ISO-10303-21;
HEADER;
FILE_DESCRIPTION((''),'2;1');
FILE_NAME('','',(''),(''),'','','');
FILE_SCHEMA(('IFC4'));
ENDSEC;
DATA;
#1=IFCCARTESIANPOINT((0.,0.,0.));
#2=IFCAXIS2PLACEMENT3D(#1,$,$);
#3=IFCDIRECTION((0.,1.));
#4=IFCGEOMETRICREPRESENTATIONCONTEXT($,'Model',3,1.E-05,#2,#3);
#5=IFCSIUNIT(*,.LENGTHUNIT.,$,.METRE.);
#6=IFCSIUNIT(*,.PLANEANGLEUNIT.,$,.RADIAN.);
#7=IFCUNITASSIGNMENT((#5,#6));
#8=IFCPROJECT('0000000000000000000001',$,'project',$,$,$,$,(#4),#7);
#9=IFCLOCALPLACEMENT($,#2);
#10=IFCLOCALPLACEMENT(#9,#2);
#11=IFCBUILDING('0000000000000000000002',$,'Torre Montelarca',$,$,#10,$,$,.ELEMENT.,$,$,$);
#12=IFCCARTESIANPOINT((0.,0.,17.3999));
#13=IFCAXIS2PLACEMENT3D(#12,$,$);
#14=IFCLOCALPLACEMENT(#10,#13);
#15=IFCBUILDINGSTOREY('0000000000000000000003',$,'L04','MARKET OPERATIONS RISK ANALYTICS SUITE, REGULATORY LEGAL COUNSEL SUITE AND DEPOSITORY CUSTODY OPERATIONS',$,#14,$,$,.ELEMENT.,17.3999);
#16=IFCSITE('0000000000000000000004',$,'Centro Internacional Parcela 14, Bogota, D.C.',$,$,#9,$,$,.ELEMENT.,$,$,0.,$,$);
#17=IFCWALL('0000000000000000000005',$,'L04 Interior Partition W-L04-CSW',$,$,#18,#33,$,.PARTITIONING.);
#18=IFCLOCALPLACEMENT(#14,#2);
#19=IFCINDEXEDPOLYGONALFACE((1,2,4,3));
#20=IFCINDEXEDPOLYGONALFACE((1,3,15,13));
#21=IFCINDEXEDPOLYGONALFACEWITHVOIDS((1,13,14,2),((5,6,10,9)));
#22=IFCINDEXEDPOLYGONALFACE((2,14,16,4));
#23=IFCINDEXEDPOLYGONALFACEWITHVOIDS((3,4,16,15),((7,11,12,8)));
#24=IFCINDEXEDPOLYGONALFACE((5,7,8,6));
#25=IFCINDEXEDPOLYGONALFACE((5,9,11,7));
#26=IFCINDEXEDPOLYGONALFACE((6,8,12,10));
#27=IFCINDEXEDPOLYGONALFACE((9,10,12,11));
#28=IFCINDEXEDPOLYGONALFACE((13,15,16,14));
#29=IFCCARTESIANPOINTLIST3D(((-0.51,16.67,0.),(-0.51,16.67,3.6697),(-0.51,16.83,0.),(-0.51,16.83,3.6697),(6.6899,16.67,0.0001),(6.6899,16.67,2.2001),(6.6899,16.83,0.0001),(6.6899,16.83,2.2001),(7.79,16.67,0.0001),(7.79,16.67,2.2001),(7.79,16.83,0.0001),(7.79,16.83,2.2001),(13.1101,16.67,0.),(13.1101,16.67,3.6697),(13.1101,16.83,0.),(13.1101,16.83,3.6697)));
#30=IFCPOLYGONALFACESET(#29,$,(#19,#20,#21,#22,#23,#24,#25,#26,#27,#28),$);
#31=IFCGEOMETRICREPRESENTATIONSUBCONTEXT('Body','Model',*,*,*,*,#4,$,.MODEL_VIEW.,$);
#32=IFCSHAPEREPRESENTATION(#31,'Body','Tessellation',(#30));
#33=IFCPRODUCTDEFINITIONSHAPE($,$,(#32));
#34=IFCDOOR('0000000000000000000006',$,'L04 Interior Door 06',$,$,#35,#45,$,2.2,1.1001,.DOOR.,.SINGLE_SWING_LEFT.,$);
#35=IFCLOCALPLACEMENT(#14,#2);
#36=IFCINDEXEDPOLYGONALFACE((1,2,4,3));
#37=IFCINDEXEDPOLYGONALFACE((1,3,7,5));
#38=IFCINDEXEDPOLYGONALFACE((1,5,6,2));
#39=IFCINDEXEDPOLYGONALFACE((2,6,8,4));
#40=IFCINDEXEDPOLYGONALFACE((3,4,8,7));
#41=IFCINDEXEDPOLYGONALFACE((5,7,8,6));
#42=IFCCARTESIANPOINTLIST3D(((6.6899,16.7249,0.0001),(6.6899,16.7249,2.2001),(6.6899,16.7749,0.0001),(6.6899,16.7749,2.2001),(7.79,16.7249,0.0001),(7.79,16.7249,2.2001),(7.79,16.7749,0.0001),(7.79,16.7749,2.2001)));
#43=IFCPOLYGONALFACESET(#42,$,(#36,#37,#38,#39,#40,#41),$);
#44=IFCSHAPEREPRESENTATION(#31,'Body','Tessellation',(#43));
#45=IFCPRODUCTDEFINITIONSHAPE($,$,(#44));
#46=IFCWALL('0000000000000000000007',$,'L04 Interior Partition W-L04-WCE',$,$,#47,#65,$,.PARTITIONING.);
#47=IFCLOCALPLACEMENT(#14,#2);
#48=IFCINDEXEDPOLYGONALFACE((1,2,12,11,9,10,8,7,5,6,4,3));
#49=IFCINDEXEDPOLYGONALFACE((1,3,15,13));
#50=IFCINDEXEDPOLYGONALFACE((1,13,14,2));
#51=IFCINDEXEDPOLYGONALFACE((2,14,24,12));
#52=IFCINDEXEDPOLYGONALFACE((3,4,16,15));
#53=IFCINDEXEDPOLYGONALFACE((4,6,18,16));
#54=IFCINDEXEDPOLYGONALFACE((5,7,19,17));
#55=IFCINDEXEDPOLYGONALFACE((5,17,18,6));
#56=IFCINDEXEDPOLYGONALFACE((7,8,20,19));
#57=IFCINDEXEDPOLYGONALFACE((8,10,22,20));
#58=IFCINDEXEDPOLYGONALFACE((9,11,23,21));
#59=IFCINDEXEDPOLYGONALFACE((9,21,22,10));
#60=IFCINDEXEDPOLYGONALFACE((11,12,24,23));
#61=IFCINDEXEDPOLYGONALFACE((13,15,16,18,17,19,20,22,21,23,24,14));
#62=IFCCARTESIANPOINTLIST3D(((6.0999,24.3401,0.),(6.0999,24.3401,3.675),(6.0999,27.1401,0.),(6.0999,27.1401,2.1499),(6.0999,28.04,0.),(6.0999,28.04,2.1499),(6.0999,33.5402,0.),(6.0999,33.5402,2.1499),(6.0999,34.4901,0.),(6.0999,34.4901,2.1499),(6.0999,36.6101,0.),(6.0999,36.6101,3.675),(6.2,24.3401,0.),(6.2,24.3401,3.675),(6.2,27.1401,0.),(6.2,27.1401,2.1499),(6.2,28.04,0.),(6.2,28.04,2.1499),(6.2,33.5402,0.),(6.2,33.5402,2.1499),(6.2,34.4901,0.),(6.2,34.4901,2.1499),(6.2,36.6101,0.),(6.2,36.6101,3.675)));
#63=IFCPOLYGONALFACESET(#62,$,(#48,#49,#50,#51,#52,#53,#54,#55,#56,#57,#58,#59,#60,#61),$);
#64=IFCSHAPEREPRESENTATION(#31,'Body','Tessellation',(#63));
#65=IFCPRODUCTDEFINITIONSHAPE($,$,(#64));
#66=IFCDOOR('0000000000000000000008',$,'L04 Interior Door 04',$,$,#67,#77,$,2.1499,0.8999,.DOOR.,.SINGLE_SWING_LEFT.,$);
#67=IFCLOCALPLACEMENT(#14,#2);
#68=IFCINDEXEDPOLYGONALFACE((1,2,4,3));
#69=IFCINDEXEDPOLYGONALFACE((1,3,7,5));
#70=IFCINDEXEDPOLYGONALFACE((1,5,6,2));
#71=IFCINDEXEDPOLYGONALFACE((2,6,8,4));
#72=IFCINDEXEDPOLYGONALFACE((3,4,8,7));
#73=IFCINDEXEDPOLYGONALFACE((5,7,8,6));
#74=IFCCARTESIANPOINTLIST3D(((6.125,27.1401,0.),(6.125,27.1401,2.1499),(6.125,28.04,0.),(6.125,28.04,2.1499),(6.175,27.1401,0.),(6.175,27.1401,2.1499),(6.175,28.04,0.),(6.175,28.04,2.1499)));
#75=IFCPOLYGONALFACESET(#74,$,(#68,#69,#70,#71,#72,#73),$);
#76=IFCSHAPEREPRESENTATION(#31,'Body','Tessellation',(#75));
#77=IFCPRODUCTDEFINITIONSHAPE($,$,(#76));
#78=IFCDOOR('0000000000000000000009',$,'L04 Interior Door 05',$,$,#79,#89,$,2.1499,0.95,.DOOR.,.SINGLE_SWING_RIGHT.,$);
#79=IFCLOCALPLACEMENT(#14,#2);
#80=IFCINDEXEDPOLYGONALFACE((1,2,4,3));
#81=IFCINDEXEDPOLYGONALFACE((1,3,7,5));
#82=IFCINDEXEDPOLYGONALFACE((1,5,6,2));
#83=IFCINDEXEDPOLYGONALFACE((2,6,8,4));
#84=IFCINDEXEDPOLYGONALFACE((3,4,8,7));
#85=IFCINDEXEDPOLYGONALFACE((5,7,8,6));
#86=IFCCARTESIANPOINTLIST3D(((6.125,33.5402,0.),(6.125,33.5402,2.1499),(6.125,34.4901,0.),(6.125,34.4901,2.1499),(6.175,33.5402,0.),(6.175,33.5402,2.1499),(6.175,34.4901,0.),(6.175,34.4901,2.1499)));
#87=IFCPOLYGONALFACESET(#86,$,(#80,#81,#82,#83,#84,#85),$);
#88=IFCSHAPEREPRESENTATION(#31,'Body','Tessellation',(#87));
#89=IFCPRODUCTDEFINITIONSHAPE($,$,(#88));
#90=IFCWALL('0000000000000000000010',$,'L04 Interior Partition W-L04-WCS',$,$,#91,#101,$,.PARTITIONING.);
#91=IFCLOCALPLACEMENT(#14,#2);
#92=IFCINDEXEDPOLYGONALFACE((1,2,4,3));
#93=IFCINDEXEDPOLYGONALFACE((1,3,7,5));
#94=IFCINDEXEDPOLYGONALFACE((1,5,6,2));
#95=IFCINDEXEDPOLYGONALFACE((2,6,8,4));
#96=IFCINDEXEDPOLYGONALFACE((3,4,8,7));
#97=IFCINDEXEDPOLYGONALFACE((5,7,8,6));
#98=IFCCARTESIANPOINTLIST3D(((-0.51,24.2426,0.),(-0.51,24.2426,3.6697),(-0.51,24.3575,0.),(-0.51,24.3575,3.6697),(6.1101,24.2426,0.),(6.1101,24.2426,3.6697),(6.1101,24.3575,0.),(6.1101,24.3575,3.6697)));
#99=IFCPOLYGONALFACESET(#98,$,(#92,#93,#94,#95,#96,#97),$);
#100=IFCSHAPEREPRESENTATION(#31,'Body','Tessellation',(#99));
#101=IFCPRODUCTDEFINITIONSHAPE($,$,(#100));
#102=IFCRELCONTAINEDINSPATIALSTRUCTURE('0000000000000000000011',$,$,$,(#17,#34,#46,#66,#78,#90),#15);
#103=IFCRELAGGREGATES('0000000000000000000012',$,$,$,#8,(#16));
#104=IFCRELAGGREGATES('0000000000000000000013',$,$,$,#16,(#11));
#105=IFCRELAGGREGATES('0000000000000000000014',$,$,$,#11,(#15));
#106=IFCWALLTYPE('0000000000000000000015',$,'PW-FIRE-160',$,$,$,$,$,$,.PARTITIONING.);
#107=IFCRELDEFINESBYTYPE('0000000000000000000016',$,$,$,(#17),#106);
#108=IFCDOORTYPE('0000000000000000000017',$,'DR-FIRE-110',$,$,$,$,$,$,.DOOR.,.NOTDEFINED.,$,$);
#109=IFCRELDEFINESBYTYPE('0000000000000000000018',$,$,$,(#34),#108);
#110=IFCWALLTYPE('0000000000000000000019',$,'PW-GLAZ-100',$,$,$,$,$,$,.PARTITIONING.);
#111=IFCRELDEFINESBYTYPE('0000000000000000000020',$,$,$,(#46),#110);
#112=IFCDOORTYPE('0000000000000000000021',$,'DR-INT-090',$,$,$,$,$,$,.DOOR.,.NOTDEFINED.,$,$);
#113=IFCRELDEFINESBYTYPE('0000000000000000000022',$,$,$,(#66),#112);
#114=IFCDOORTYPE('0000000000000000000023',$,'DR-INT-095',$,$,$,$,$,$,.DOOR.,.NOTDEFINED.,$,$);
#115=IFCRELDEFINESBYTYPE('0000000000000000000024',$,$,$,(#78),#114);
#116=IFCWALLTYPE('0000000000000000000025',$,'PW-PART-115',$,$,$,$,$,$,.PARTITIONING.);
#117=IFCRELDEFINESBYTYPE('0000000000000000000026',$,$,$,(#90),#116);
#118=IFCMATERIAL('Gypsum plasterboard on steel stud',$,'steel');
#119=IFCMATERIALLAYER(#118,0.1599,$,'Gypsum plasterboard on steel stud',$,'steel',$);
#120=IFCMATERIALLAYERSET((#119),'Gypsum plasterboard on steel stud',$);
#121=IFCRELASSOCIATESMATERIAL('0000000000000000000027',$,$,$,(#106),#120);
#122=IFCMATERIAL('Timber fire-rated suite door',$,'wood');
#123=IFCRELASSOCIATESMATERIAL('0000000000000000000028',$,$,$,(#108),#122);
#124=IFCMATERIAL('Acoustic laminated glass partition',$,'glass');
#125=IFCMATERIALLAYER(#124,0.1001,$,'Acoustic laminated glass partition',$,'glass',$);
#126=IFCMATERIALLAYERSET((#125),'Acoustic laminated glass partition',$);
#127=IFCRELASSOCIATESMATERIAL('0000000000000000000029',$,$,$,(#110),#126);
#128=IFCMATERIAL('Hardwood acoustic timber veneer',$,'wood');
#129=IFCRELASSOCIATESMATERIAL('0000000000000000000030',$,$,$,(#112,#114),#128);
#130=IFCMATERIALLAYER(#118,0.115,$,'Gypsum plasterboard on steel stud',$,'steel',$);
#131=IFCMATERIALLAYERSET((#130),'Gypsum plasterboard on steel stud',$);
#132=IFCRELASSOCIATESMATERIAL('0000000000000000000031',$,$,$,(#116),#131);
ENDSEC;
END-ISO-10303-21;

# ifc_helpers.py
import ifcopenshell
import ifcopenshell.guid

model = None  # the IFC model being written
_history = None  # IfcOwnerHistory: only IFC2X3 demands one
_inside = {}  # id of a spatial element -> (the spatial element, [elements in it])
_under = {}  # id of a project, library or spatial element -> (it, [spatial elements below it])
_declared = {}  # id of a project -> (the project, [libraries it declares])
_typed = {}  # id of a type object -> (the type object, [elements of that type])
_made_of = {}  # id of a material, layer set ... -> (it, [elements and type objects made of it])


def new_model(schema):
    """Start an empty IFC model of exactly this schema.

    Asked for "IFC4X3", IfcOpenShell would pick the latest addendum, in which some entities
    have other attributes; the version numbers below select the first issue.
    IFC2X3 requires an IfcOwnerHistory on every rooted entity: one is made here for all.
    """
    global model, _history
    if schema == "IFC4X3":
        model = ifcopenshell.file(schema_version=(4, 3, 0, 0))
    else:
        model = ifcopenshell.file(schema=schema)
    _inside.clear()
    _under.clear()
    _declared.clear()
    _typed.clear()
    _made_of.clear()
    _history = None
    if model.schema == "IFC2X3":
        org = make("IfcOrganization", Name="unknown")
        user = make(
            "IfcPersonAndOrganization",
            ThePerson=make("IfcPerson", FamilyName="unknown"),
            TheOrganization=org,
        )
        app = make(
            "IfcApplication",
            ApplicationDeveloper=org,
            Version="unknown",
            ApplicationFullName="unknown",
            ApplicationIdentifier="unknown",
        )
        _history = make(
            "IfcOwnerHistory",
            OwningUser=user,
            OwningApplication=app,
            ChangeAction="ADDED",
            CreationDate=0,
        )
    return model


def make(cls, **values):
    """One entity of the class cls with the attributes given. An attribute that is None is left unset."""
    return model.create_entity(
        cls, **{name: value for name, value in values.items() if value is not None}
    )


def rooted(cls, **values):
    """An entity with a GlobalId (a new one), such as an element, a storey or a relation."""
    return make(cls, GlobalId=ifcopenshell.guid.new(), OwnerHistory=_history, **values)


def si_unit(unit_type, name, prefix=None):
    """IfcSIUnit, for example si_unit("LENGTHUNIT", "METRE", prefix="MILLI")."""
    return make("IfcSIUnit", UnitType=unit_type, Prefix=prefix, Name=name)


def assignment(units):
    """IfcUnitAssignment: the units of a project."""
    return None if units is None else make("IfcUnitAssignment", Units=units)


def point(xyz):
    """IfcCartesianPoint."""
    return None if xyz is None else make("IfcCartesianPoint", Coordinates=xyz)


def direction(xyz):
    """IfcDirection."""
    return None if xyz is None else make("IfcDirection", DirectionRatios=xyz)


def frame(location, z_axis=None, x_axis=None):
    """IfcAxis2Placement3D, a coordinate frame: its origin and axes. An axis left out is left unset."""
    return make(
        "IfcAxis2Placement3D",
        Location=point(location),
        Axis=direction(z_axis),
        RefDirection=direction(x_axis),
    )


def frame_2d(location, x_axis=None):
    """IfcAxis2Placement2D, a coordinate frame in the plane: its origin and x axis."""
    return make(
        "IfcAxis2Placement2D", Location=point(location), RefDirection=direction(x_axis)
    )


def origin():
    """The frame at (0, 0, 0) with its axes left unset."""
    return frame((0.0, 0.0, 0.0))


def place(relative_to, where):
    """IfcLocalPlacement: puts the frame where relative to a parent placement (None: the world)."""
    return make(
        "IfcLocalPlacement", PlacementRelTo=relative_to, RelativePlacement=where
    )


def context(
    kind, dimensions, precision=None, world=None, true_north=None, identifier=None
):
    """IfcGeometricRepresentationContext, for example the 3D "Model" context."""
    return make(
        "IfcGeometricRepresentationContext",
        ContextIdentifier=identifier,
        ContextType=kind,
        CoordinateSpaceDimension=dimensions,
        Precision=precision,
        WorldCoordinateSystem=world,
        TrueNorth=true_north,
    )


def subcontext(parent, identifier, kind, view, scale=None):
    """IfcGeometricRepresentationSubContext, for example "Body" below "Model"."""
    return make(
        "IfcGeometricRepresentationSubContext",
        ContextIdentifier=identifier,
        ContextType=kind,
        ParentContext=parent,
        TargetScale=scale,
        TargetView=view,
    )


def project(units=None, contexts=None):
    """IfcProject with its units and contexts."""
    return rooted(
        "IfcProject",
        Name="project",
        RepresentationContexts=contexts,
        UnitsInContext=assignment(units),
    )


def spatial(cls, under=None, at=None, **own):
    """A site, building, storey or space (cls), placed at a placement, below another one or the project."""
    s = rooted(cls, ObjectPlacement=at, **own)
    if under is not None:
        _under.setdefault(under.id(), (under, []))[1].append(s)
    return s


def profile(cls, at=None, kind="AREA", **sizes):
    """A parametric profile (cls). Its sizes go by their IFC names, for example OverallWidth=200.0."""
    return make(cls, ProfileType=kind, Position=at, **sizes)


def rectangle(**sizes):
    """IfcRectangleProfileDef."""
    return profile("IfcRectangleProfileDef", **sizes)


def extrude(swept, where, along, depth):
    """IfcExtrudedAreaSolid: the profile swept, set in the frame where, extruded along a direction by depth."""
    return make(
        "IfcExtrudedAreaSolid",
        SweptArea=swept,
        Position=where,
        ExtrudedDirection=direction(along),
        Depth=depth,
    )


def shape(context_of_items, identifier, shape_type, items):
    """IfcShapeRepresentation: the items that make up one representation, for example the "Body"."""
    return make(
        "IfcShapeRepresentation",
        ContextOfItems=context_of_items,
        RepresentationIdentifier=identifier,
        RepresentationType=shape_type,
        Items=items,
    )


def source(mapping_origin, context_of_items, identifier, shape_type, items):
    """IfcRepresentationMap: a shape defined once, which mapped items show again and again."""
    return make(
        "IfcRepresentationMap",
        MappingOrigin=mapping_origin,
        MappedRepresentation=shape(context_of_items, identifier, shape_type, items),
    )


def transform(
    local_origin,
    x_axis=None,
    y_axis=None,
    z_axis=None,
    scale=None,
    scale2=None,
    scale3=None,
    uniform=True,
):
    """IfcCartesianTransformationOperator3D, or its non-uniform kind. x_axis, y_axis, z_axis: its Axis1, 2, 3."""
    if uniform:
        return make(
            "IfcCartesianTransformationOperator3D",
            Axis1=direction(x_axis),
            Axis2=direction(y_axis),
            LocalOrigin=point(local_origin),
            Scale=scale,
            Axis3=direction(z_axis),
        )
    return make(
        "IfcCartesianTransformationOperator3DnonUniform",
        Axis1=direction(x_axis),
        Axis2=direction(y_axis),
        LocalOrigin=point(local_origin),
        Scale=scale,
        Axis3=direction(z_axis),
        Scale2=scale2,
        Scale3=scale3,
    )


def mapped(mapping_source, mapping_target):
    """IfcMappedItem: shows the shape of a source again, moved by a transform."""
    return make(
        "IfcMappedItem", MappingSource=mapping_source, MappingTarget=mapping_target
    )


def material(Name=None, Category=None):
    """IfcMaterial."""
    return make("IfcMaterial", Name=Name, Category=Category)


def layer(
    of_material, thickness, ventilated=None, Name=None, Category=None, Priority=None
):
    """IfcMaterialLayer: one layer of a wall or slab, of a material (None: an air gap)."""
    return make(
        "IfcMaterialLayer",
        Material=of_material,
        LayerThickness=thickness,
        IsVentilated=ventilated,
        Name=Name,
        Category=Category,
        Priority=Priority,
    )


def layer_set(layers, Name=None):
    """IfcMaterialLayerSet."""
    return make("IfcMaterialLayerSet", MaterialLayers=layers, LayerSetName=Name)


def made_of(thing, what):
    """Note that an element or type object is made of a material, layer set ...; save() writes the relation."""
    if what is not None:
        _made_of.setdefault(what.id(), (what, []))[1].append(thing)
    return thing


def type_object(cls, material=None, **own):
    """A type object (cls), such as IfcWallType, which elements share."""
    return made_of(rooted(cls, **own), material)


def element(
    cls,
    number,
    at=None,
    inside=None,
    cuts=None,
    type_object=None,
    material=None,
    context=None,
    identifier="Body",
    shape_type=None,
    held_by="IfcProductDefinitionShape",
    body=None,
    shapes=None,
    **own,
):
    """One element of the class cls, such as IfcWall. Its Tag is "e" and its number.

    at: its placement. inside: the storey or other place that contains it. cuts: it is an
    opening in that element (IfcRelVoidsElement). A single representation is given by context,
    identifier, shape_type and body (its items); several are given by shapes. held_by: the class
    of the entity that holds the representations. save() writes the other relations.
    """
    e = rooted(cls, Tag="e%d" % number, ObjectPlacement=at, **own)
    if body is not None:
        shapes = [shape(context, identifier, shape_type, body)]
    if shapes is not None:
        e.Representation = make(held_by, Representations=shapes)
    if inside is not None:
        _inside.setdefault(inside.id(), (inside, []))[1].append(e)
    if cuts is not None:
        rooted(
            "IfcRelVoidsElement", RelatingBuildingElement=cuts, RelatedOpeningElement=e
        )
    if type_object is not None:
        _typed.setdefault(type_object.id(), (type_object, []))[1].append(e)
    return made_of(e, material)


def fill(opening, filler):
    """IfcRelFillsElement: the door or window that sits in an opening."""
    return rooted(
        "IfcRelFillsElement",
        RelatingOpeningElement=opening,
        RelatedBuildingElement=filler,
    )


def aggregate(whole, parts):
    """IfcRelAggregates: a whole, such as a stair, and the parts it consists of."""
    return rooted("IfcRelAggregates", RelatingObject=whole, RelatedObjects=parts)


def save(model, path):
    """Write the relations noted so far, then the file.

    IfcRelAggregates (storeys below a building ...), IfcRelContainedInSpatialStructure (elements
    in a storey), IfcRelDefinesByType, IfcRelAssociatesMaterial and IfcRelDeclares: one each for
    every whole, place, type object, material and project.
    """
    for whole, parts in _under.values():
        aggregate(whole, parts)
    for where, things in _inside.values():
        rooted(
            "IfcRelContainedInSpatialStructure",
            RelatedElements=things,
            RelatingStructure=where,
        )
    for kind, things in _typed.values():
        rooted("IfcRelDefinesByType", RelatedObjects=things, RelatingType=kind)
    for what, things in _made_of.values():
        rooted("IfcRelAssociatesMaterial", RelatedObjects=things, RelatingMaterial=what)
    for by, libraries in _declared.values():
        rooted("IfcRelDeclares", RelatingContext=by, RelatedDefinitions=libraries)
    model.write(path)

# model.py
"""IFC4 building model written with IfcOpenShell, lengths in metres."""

from ifc_helpers import new_model, si_unit, direction, frame, frame_2d, origin, place, context, subcontext, project, spatial, rectangle, extrude, source, transform, mapped, material, layer, layer_set, type_object, element, fill, save


model = new_model("IFC4")

# Units and contexts
model_context = context("Model", 3, precision=1e-05, world=origin(), true_north=direction((0.0, 1.0)))
body_context = subcontext(model_context, "Body", "Model", "MODEL_VIEW")
ifc_project = project(units=[si_unit("LENGTHUNIT", "METRE"), si_unit("PLANEANGLEUNIT", "RADIAN")], contexts=[model_context])

# Site, building, storey
site_placement = place(None, origin())
site = spatial("IfcSite", under=ifc_project, at=site_placement, Name="Centro Internacional Parcela 14, Bogota, D.C.", CompositionType="ELEMENT", RefElevation=0.0)
building_placement = place(site_placement, origin())
building = spatial("IfcBuilding", under=site, at=building_placement, Name="Torre Montelarca", CompositionType="ELEMENT")
storey_placement = place(building_placement, frame((0.0, 0.0, 17.3999)))
storey = spatial("IfcBuildingStorey", under=building, at=storey_placement, Name="L04", Description="MARKET OPERATIONS RISK ANALYTICS SUITE, REGULATORY LEGAL COUNSEL SUITE AND DEPOSITORY CUSTODY OPERATIONS", CompositionType="ELEMENT", Elevation=17.3999)

# Wall, opening, door
ifc_material_1 = material(Name="Gypsum plasterboard on steel stud", Category="steel")
ifc_layer_1 = layer(ifc_material_1, 0.1599, Name="Gypsum plasterboard on steel stud", Category="steel")
ifc_layer_set_1 = layer_set([ifc_layer_1], Name="Gypsum plasterboard on steel stud")
wall_type_1 = type_object("IfcWallType", Name="PW-FIRE-160", PredefinedType="PARTITIONING", material=ifc_layer_set_1)
wall_1_placement = place(storey_placement, frame((-0.51, 16.75, 0.0), z_axis=(0.0, 0.0, 1.0), x_axis=(1.0, 0.0, 0.0)))
wall_1 = element("IfcWall", 1, at=wall_1_placement, inside=storey, type_object=wall_type_1, Name="L04 Interior Partition W-L04-CSW", PredefinedType="PARTITIONING", context=body_context, shape_type="SweptSolid", body=[
    extrude(rectangle(XDim=13.6201, YDim=0.1599, at=frame_2d((6.8101, 0.0))), origin(), (0.0, 0.0, 1.0), 3.6697),
])
opening_1_placement = place(wall_1_placement, frame((7.2, 0.0, 0.0)))
opening_1 = element("IfcOpeningElement", 2, at=opening_1_placement, cuts=wall_1, PredefinedType="OPENING", context=body_context, shape_type="SweptSolid", body=[
    extrude(rectangle(XDim=1.1001, YDim=2.2, at=frame_2d((0.55, 1.1001))), frame((0.0, 0.0898, 0.0), z_axis=(0.0, -1.0, 0.0), x_axis=(1.0, 0.0, 0.0)), (0.0, 0.0, 1.0), 0.1799),
])
ifc_material_2 = material(Name="Timber fire-rated suite door", Category="wood")
door_type_1 = type_object("IfcDoorType", Name="DR-FIRE-110", OperationType="NOTDEFINED", PredefinedType="DOOR", material=ifc_material_2)
shared_shape_1 = source(origin(), body_context, "Body", "SweptSolid", [
    extrude(rectangle(XDim=1.1001, YDim=2.2, at=frame_2d((0.55, 1.1001))), frame((0.0, 0.0249, 0.0), z_axis=(0.0, -1.0, 0.0), x_axis=(1.0, 0.0, 0.0)), (0.0, 0.0, 1.0), 0.05),
])
door_1_placement = place(opening_1_placement, origin())
door_1 = element("IfcDoor", 3, at=door_1_placement, inside=storey, type_object=door_type_1, Name="L04 Interior Door 06", OperationType="SINGLE_SWING_LEFT", OverallHeight=2.2, OverallWidth=1.1001, PredefinedType="DOOR", context=body_context, shape_type="MappedRepresentation", body=[
    mapped(shared_shape_1, transform((0.0, 0.0, 0.0), scale=1.0)),
])
fill(opening_1, door_1)

# Wall, openings, doors
ifc_material_3 = material(Name="Acoustic laminated glass partition", Category="glass")
ifc_layer_2 = layer(ifc_material_3, 0.1001, Name="Acoustic laminated glass partition", Category="glass")
ifc_layer_set_2 = layer_set([ifc_layer_2], Name="Acoustic laminated glass partition")
wall_type_2 = type_object("IfcWallType", Name="PW-GLAZ-100", PredefinedType="PARTITIONING", material=ifc_layer_set_2)
wall_2_placement = place(storey_placement, frame((6.1499, 24.3401, 0.0), z_axis=(0.0, 0.0, 1.0), x_axis=(0.0, 1.0, 0.0)))
wall_2 = element("IfcWall", 4, at=wall_2_placement, inside=storey, type_object=wall_type_2, Name="L04 Interior Partition W-L04-WCE", PredefinedType="PARTITIONING", context=body_context, shape_type="SweptSolid", body=[
    extrude(rectangle(XDim=12.27, YDim=0.1001, at=frame_2d((6.135, 0.0))), origin(), (0.0, 0.0, 1.0), 3.675),
])
opening_2_placement = place(wall_2_placement, frame((2.8, 0.0, 0.0)))
opening_2 = element("IfcOpeningElement", 5, at=opening_2_placement, cuts=wall_2, PredefinedType="OPENING", context=body_context, shape_type="SweptSolid", body=[
    extrude(rectangle(XDim=0.8999, YDim=2.1499, at=frame_2d((0.45, 1.075))), frame((0.0, 0.0601, 0.0), z_axis=(0.0, -1.0, 0.0), x_axis=(1.0, 0.0, 0.0)), (0.0, 0.0, 1.0), 0.1201),
])
opening_3_placement = place(wall_2_placement, frame((9.2, 0.0, 0.0)))
opening_3 = element("IfcOpeningElement", 6, at=opening_3_placement, cuts=wall_2, PredefinedType="OPENING", context=body_context, shape_type="SweptSolid", body=[
    extrude(rectangle(XDim=0.95, YDim=2.1499, at=frame_2d((0.4751, 1.075))), frame((0.0, 0.0601, 0.0), z_axis=(0.0, -1.0, 0.0), x_axis=(1.0, 0.0, 0.0)), (0.0, 0.0, 1.0), 0.1201),
])
ifc_material_4 = material(Name="Hardwood acoustic timber veneer", Category="wood")
door_type_2 = type_object("IfcDoorType", Name="DR-INT-090", OperationType="NOTDEFINED", PredefinedType="DOOR", material=ifc_material_4)
shared_shape_2 = source(origin(), body_context, "Body", "SweptSolid", [
    extrude(rectangle(XDim=0.8999, YDim=2.1499, at=frame_2d((0.45, 1.075))), frame((0.0, 0.0249, 0.0), z_axis=(0.0, -1.0, 0.0), x_axis=(1.0, 0.0, 0.0)), (0.0, 0.0, 1.0), 0.05),
])
door_2_placement = place(opening_2_placement, origin())
door_2 = element("IfcDoor", 7, at=door_2_placement, inside=storey, type_object=door_type_2, Name="L04 Interior Door 04", OperationType="SINGLE_SWING_LEFT", OverallHeight=2.1499, OverallWidth=0.8999, PredefinedType="DOOR", context=body_context, shape_type="MappedRepresentation", body=[
    mapped(shared_shape_2, transform((0.0, 0.0, 0.0), scale=1.0)),
])
fill(opening_2, door_2)
door_type_3 = type_object("IfcDoorType", Name="DR-INT-095", OperationType="NOTDEFINED", PredefinedType="DOOR", material=ifc_material_4)
shared_shape_3 = source(origin(), body_context, "Body", "SweptSolid", [
    extrude(rectangle(XDim=0.95, YDim=2.1499, at=frame_2d((0.4751, 1.075))), frame((0.0, 0.0249, 0.0), z_axis=(0.0, -1.0, 0.0), x_axis=(1.0, 0.0, 0.0)), (0.0, 0.0, 1.0), 0.05),
])
door_3_placement = place(opening_3_placement, origin())
door_3 = element("IfcDoor", 8, at=door_3_placement, inside=storey, type_object=door_type_3, Name="L04 Interior Door 05", OperationType="SINGLE_SWING_RIGHT", OverallHeight=2.1499, OverallWidth=0.95, PredefinedType="DOOR", context=body_context, shape_type="MappedRepresentation", body=[
    mapped(shared_shape_3, transform((0.0, 0.0, 0.0), scale=1.0)),
])
fill(opening_3, door_3)

# Wall
ifc_layer_3 = layer(ifc_material_1, 0.115, Name="Gypsum plasterboard on steel stud", Category="steel")
ifc_layer_set_3 = layer_set([ifc_layer_3], Name="Gypsum plasterboard on steel stud")
wall_type_3 = type_object("IfcWallType", Name="PW-PART-115", PredefinedType="PARTITIONING", material=ifc_layer_set_3)
wall_3_placement = place(storey_placement, frame((-0.51, 24.3, 0.0), z_axis=(0.0, 0.0, 1.0), x_axis=(1.0, 0.0, 0.0)))
element("IfcWall", 9, at=wall_3_placement, inside=storey, type_object=wall_type_3, Name="L04 Interior Partition W-L04-WCS", PredefinedType="PARTITIONING", context=body_context, shape_type="SweptSolid", body=[
    extrude(rectangle(XDim=6.6201, YDim=0.115, at=frame_2d((3.3101, 0.0))), origin(), (0.0, 0.0, 1.0), 3.6697),
])

save(model, "model.ifc")
